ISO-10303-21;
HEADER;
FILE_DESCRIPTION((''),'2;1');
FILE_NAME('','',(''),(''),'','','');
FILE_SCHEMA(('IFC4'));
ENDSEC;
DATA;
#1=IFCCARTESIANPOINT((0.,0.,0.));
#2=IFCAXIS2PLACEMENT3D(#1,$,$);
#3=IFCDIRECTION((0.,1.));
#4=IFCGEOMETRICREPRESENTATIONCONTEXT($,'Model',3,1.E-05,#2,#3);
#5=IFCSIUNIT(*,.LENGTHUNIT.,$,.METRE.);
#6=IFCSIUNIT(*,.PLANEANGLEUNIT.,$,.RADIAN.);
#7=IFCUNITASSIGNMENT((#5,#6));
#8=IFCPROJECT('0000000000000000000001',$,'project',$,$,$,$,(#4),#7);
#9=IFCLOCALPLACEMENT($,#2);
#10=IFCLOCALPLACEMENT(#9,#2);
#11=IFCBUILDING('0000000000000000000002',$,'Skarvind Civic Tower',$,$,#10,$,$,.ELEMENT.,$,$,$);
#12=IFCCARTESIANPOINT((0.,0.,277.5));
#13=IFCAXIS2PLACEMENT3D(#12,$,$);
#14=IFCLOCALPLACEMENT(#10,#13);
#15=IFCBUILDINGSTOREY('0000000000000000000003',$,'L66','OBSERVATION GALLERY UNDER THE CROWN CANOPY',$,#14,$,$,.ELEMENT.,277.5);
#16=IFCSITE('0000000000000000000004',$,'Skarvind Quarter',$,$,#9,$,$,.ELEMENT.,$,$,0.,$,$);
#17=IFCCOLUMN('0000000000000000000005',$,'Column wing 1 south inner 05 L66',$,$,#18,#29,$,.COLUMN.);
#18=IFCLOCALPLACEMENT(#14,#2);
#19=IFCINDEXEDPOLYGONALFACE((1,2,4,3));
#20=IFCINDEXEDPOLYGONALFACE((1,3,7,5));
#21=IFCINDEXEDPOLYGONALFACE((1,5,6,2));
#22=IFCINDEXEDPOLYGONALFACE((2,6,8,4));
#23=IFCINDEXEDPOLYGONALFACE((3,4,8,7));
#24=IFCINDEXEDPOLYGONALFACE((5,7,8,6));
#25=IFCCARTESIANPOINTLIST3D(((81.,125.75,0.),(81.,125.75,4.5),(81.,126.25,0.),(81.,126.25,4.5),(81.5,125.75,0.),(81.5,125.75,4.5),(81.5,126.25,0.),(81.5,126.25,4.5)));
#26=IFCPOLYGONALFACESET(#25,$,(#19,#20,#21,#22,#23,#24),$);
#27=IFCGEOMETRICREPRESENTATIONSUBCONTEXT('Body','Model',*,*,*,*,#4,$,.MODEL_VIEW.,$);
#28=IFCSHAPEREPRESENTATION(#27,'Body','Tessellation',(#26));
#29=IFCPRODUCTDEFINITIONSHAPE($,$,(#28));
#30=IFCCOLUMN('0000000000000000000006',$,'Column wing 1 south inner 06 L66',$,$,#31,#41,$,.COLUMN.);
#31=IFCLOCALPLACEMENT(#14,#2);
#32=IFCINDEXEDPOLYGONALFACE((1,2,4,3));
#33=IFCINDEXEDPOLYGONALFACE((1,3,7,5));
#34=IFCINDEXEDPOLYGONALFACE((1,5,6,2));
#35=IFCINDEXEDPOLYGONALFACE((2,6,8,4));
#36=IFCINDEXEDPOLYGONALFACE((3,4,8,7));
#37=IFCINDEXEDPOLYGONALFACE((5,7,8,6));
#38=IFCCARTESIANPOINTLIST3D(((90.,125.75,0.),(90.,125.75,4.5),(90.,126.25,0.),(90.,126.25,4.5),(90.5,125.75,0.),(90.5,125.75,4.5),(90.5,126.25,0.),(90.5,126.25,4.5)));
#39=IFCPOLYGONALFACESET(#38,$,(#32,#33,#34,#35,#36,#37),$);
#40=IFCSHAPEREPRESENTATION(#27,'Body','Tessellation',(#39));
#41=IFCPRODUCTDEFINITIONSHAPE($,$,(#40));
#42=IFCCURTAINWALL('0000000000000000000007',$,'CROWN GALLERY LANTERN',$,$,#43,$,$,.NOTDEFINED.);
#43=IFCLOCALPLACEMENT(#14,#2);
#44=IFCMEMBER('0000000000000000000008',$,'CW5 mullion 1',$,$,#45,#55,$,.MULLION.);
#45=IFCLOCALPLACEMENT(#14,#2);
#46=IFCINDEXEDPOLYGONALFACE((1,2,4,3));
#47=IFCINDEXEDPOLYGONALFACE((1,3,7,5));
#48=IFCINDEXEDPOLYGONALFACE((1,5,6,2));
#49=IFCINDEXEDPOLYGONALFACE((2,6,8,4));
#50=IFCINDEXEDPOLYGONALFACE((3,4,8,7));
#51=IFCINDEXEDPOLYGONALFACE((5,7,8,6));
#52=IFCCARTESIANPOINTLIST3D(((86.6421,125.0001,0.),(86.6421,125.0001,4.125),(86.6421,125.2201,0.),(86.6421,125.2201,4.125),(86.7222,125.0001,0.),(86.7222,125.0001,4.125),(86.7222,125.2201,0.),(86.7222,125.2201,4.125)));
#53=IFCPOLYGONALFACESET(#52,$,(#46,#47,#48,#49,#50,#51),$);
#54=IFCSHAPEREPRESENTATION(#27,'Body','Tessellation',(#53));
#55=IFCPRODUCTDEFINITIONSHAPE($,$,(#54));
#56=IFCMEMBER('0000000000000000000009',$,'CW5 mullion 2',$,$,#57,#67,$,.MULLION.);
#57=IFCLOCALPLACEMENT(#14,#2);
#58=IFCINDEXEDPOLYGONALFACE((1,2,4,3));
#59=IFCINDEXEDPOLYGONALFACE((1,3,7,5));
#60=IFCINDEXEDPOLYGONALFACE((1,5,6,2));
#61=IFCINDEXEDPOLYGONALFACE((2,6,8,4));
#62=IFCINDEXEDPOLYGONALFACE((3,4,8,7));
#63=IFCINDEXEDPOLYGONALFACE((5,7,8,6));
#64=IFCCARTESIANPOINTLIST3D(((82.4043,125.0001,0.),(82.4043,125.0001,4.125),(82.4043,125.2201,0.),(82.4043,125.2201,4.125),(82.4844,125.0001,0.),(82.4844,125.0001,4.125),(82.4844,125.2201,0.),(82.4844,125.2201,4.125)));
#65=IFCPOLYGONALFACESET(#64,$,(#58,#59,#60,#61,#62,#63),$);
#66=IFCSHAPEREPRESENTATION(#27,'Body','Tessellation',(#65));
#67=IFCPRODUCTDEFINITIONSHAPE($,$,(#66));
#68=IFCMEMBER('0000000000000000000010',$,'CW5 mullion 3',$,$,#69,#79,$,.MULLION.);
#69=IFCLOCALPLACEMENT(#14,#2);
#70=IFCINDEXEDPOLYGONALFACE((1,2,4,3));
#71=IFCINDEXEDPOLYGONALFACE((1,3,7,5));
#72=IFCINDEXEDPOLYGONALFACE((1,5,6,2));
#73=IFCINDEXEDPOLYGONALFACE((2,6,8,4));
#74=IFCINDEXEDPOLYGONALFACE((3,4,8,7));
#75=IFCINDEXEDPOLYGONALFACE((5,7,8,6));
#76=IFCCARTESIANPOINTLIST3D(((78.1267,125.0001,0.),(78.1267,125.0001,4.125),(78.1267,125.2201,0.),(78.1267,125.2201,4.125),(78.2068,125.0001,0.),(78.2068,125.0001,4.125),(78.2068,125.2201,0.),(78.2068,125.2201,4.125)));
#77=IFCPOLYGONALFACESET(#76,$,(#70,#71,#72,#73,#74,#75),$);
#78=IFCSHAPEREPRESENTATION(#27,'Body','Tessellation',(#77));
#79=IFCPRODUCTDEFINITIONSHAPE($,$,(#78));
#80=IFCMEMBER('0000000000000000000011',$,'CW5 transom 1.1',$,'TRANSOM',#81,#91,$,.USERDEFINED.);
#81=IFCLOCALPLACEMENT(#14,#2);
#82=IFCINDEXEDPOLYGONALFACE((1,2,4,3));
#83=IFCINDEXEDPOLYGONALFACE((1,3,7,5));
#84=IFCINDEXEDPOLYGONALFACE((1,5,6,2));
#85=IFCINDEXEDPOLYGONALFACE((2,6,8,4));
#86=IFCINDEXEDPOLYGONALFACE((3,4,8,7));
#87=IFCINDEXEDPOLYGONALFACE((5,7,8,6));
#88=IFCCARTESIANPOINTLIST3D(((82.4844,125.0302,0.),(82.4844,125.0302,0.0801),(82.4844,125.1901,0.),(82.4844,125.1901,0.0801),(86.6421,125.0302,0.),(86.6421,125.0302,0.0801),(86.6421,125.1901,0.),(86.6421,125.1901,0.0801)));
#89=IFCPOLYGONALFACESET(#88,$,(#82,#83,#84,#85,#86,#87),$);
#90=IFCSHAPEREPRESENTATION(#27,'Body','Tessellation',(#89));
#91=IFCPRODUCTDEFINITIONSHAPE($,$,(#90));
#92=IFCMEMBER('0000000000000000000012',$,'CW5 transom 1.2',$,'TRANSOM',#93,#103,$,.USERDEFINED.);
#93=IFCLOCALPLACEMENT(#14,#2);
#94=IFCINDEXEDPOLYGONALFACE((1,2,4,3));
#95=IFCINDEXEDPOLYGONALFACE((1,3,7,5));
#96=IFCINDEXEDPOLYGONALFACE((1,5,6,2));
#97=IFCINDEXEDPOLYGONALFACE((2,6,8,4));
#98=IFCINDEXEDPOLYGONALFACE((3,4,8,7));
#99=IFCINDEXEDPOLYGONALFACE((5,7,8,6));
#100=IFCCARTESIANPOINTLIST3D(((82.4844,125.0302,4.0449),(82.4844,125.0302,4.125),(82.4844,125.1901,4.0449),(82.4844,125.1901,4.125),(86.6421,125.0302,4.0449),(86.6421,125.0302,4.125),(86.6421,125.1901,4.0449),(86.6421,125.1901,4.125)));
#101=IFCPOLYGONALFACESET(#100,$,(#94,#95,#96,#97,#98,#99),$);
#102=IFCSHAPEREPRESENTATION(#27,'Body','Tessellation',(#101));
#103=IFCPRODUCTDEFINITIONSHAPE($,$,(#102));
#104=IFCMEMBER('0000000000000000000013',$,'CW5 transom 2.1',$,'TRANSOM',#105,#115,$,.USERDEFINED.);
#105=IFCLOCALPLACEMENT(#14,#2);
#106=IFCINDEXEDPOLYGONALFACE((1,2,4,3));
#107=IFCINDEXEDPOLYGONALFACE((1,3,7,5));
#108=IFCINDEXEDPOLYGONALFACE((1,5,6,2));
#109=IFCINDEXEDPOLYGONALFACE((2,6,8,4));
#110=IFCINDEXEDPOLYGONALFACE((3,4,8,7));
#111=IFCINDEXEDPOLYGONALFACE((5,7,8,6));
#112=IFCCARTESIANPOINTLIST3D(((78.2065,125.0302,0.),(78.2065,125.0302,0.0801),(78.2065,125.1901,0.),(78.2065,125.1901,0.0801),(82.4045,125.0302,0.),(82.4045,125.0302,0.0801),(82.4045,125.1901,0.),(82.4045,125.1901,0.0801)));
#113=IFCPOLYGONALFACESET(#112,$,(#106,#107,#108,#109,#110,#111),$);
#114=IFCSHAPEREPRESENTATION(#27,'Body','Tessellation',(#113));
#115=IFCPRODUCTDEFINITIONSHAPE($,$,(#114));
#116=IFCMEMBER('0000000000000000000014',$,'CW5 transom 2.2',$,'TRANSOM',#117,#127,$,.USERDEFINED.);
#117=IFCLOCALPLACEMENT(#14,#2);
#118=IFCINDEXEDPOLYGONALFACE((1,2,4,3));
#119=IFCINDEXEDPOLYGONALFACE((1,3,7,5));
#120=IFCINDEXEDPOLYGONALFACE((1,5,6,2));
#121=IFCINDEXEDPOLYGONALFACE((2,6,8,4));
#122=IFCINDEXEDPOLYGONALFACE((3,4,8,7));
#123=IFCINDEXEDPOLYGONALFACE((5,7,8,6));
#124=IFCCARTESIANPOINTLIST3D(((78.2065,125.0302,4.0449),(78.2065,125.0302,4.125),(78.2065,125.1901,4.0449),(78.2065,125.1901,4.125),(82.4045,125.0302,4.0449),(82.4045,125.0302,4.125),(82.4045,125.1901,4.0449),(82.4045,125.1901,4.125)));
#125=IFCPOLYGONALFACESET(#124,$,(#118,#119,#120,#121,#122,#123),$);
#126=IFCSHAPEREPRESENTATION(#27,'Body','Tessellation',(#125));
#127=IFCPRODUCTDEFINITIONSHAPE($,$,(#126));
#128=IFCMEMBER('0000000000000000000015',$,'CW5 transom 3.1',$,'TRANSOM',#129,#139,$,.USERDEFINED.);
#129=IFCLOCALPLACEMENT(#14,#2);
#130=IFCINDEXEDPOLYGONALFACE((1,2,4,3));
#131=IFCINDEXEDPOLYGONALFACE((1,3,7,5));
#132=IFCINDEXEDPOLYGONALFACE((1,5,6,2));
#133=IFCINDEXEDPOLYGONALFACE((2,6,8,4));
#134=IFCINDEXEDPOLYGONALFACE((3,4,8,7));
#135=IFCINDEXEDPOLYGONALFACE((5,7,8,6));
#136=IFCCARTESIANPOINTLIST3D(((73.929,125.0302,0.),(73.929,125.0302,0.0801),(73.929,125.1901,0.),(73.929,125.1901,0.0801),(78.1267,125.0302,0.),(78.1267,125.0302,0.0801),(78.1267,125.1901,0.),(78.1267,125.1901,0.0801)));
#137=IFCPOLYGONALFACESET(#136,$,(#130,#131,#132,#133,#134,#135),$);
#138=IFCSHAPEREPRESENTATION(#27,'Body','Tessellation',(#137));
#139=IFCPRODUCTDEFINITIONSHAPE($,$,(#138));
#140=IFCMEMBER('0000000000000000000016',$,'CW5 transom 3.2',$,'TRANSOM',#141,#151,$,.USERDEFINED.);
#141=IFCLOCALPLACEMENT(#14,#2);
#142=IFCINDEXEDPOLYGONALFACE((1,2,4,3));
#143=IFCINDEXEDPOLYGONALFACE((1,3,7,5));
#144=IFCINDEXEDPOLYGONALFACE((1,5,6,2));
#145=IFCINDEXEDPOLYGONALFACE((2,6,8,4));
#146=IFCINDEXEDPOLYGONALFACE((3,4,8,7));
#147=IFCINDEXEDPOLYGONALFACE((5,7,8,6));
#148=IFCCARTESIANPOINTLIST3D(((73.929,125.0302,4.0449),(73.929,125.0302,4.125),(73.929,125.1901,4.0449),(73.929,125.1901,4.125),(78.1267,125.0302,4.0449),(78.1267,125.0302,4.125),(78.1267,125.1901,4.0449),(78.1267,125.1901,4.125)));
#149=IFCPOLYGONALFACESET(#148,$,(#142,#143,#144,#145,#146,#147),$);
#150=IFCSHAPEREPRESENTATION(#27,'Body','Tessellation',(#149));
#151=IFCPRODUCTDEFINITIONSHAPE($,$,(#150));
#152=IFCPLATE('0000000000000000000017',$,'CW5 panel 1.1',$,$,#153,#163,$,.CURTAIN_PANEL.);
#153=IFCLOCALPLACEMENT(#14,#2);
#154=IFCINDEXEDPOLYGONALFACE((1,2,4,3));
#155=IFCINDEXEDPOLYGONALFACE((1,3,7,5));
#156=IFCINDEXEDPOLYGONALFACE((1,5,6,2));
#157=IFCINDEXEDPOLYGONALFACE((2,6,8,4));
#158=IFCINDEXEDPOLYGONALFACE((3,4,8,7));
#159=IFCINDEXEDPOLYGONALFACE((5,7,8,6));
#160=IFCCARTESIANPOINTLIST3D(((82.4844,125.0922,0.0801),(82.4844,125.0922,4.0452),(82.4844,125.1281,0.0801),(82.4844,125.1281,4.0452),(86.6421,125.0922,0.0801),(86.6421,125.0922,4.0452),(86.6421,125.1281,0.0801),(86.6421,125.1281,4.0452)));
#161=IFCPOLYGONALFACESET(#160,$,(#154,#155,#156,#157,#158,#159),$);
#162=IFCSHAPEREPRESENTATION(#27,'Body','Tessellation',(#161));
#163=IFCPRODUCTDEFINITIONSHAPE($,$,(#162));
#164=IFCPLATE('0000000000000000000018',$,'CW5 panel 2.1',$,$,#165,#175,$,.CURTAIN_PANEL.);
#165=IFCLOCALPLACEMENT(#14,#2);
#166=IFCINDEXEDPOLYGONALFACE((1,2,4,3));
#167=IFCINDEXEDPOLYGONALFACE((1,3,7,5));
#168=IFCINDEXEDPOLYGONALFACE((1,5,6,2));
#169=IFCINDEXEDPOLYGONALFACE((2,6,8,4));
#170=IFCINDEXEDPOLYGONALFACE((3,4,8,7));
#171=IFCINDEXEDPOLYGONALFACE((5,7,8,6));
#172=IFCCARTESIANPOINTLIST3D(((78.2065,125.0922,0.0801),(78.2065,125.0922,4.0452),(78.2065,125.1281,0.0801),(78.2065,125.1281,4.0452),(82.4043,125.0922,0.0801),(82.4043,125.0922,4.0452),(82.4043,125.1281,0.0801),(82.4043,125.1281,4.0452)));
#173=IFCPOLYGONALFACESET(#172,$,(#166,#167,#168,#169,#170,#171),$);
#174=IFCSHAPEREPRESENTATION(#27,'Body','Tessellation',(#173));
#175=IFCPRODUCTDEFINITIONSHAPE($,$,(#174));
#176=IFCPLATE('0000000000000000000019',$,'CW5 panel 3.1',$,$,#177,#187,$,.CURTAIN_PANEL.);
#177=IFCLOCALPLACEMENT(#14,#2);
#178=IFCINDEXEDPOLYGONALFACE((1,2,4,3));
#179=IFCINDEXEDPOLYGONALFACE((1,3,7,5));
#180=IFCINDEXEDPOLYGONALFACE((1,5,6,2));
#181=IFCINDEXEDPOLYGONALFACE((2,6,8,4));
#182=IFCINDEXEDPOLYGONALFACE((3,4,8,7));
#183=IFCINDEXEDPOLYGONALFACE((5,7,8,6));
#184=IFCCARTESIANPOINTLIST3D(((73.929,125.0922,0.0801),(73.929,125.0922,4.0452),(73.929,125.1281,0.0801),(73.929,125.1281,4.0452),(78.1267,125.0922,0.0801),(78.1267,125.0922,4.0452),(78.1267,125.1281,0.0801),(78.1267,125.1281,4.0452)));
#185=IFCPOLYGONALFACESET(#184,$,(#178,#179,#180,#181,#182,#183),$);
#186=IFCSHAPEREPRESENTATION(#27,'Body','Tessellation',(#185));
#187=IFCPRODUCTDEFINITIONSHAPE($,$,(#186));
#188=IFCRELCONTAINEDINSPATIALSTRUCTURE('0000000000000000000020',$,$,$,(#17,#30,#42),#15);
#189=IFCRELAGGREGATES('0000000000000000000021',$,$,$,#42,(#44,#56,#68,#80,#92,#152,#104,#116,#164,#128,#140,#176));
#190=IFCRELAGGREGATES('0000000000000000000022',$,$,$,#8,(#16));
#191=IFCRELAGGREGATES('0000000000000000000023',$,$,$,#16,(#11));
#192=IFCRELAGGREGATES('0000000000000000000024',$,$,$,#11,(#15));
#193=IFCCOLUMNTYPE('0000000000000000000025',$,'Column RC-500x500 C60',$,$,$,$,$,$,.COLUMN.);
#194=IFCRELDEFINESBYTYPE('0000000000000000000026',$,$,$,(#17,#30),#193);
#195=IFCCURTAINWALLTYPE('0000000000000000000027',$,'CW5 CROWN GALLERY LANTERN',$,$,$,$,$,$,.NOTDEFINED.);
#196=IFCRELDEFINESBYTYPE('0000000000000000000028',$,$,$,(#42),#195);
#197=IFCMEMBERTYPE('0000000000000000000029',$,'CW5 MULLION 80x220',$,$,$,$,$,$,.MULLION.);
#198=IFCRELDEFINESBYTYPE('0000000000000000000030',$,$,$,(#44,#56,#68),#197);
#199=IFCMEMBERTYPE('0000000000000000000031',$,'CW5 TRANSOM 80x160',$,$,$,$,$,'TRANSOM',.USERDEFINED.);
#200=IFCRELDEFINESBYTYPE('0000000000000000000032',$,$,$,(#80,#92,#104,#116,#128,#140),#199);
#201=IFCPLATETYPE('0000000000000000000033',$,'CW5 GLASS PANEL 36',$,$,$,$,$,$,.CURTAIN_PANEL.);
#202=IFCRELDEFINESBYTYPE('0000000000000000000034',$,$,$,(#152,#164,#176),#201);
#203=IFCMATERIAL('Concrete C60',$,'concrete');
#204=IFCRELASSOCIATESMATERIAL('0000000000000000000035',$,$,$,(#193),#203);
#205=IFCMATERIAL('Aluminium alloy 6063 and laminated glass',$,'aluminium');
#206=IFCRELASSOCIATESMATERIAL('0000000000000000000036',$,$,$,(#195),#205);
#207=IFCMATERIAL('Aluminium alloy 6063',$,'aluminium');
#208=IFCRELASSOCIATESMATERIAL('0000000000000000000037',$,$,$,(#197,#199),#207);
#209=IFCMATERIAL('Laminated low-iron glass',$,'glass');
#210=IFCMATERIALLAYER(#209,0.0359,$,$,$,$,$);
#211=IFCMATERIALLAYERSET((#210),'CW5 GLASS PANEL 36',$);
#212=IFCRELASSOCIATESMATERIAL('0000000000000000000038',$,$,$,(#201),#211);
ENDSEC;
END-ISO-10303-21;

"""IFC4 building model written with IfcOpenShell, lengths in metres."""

from ifc_helpers import new_model, si_unit, direction, frame, origin, origin_2d, place, context, subcontext, project, spatial, rectangle, extrude, material, layer, layer_set, material_profile, profile_set, type_object, element, aggregate, save


model = new_model("IFC4")

# Units and contexts
model_context = context("Model", 3, precision=1e-05, world=origin(), true_north=direction((0.0, 1.0)))
body_context = subcontext(model_context, "Body", "Model", "MODEL_VIEW")
ifc_project = project(units=[si_unit("LENGTHUNIT", "METRE"), si_unit("PLANEANGLEUNIT", "RADIAN")], contexts=[model_context])

# Site, building, storey
site_placement = place(None, origin())
site = spatial("IfcSite", under=ifc_project, at=site_placement, Name="Skarvind Quarter", CompositionType="ELEMENT", RefElevation=0.0)
building_placement = place(site_placement, origin())
building = spatial("IfcBuilding", under=site, at=building_placement, Name="Skarvind Civic Tower", CompositionType="ELEMENT")
storey_placement = place(building_placement, frame((0.0, 0.0, 277.5)))
storey = spatial("IfcBuildingStorey", under=building, at=storey_placement, Name="L66", Description="OBSERVATION GALLERY UNDER THE CROWN CANOPY", CompositionType="ELEMENT", Elevation=277.5)

# Columns
ifc_material_1 = material(Name="Concrete C60", Category="concrete")
ifc_material_profile_1 = material_profile(ifc_material_1, rectangle(XDim=0.5, YDim=0.5, at=origin_2d()), Name="RC-500x500")
ifc_profile_set_1 = profile_set([ifc_material_profile_1], Name="Concrete C60")
column_type = type_object("IfcColumnType", Name="Column RC-500x500 C60", PredefinedType="COLUMN", material=ifc_profile_set_1)
for number, where, z_axis, x_axis, name in (
    (1, (81.25, 126.0, 0.0), (0.0, 0.0, 1.0), (1.0, 0.0, 0.0), "Column wing 1 south inner 05 L66"),
    (2, (90.25, 126.0, 0.0), (0.0, 0.0, 1.0), (1.0, 0.0, 0.0), "Column wing 1 south inner 06 L66"),
):
    element("IfcColumn", number, at=place(storey_placement, frame(where, z_axis=z_axis, x_axis=x_axis)), inside=storey, type_object=column_type, Name=name, PredefinedType="COLUMN", context=body_context, shape_type="SweptSolid", body=[
        extrude(rectangle(XDim=0.5, YDim=0.5, at=origin_2d()), origin(), (0.0, 0.0, 1.0), 4.5),
    ])

# Curtain wall, members, plates
ifc_material_2 = material(Name="Aluminium alloy 6063 and laminated glass", Category="aluminium")
curtain_wall_type = type_object("IfcCurtainWallType", Name="CW5 CROWN GALLERY LANTERN", PredefinedType="NOTDEFINED", material=ifc_material_2)
curtain_wall_placement = place(storey_placement, origin())
curtain_wall = element("IfcCurtainWall", 3, at=curtain_wall_placement, inside=storey, type_object=curtain_wall_type, Name="CROWN GALLERY LANTERN", PredefinedType="NOTDEFINED")
ifc_material_3 = material(Name="Aluminium alloy 6063", Category="aluminium")
ifc_material_profile_2 = material_profile(ifc_material_3, rectangle(XDim=0.22, YDim=0.0801, at=origin_2d()), Name="AL 80x220")
ifc_profile_set_2 = profile_set([ifc_material_profile_2], Name="Aluminium alloy 6063")
member_type_1 = type_object("IfcMemberType", Name="CW5 MULLION 80x220", PredefinedType="MULLION", material=ifc_profile_set_2)
member_1_placement = place(storey_placement, frame((86.6821, 125.1101, 0.0), z_axis=(0.0, 0.0, 1.0), x_axis=(0.0, -1.0, 0.0)))
member_1 = element("IfcMember", 4, at=member_1_placement, type_object=member_type_1, Name="CW5 mullion 1", PredefinedType="MULLION", context=body_context, shape_type="SweptSolid", body=[
    extrude(rectangle(XDim=0.22, YDim=0.0801, at=origin_2d()), origin(), (0.0, 0.0, 1.0), 4.125),
])
member_2_placement = place(storey_placement, frame((82.4443, 125.1101, 0.0), z_axis=(0.0, 0.0, 1.0), x_axis=(0.0, -1.0, 0.0)))
member_2 = element("IfcMember", 5, at=member_2_placement, type_object=member_type_1, Name="CW5 mullion 2", PredefinedType="MULLION", context=body_context, shape_type="SweptSolid", body=[
    extrude(rectangle(XDim=0.22, YDim=0.0801, at=origin_2d()), origin(), (0.0, 0.0, 1.0), 4.125),
])
member_3_placement = place(storey_placement, frame((78.1667, 125.1101, 0.0), z_axis=(0.0, 0.0, 1.0), x_axis=(0.0, -1.0, 0.0)))
member_3 = element("IfcMember", 6, at=member_3_placement, type_object=member_type_1, Name="CW5 mullion 3", PredefinedType="MULLION", context=body_context, shape_type="SweptSolid", body=[
    extrude(rectangle(XDim=0.22, YDim=0.0801, at=origin_2d()), origin(), (0.0, 0.0, 1.0), 4.125),
])
ifc_material_profile_3 = material_profile(ifc_material_3, rectangle(XDim=0.1599, YDim=0.0801, at=origin_2d()), Name="AL 80x160")
ifc_profile_set_3 = profile_set([ifc_material_profile_3], Name="Aluminium alloy 6063")
member_type_2 = type_object("IfcMemberType", Name="CW5 TRANSOM 80x160", ElementType="TRANSOM", PredefinedType="USERDEFINED", material=ifc_profile_set_3)
member_4_placement = place(storey_placement, frame((86.6421, 125.1101, 0.04), z_axis=(-1.0, 0.0, 0.0), x_axis=(0.0, -1.0, 0.0)))
member_4 = element("IfcMember", 7, at=member_4_placement, type_object=member_type_2, Name="CW5 transom 1.1", ObjectType="TRANSOM", PredefinedType="USERDEFINED", context=body_context, shape_type="SweptSolid", body=[
    extrude(rectangle(XDim=0.1599, YDim=0.0801, at=origin_2d()), origin(), (0.0, 0.0, 1.0), 4.1577),
])
member_5_placement = place(storey_placement, frame((86.6421, 125.1101, 4.085), z_axis=(-1.0, 0.0, 0.0), x_axis=(0.0, -1.0, 0.0)))
member_5 = element("IfcMember", 8, at=member_5_placement, type_object=member_type_2, Name="CW5 transom 1.2", ObjectType="TRANSOM", PredefinedType="USERDEFINED", context=body_context, shape_type="SweptSolid", body=[
    extrude(rectangle(XDim=0.1599, YDim=0.0801, at=origin_2d()), origin(), (0.0, 0.0, 1.0), 4.1577),
])
member_6_placement = place(storey_placement, frame((82.4045, 125.1101, 0.04), z_axis=(-1.0, 0.0, 0.0), x_axis=(0.0, -1.0, 0.0)))
member_6 = element("IfcMember", 9, at=member_6_placement, type_object=member_type_2, Name="CW5 transom 2.1", ObjectType="TRANSOM", PredefinedType="USERDEFINED", context=body_context, shape_type="SweptSolid", body=[
    extrude(rectangle(XDim=0.1599, YDim=0.0801, at=origin_2d()), origin(), (0.0, 0.0, 1.0), 4.198),
])
member_7_placement = place(storey_placement, frame((82.4045, 125.1101, 4.085), z_axis=(-1.0, 0.0, 0.0), x_axis=(0.0, -1.0, 0.0)))
member_7 = element("IfcMember", 10, at=member_7_placement, type_object=member_type_2, Name="CW5 transom 2.2", ObjectType="TRANSOM", PredefinedType="USERDEFINED", context=body_context, shape_type="SweptSolid", body=[
    extrude(rectangle(XDim=0.1599, YDim=0.0801, at=origin_2d()), origin(), (0.0, 0.0, 1.0), 4.198),
])
member_8_placement = place(storey_placement, frame((78.1267, 125.1101, 0.04), z_axis=(-1.0, 0.0, 0.0), x_axis=(0.0, -1.0, 0.0)))
member_8 = element("IfcMember", 11, at=member_8_placement, type_object=member_type_2, Name="CW5 transom 3.1", ObjectType="TRANSOM", PredefinedType="USERDEFINED", context=body_context, shape_type="SweptSolid", body=[
    extrude(rectangle(XDim=0.1599, YDim=0.0801, at=origin_2d()), origin(), (0.0, 0.0, 1.0), 4.1978),
])
member_9_placement = place(storey_placement, frame((78.1267, 125.1101, 4.085), z_axis=(-1.0, 0.0, 0.0), x_axis=(0.0, -1.0, 0.0)))
member_9 = element("IfcMember", 12, at=member_9_placement, type_object=member_type_2, Name="CW5 transom 3.2", ObjectType="TRANSOM", PredefinedType="USERDEFINED", context=body_context, shape_type="SweptSolid", body=[
    extrude(rectangle(XDim=0.1599, YDim=0.0801, at=origin_2d()), origin(), (0.0, 0.0, 1.0), 4.1978),
])
ifc_material_4 = material(Name="Laminated low-iron glass", Category="glass")
ifc_layer_1 = layer(ifc_material_4, 0.0359)
ifc_layer_set_1 = layer_set([ifc_layer_1], Name="CW5 GLASS PANEL 36")
plate_type = type_object("IfcPlateType", Name="CW5 GLASS PANEL 36", PredefinedType="CURTAIN_PANEL", material=ifc_layer_set_1)
plate_1_placement = place(storey_placement, frame((84.5632, 125.1101, 0.0801), z_axis=(0.0, 0.0, 1.0), x_axis=(-1.0, 0.0, 0.0)))
plate_1 = element("IfcPlate", 13, at=plate_1_placement, type_object=plate_type, Name="CW5 panel 1.1", PredefinedType="CURTAIN_PANEL", context=body_context, shape_type="SweptSolid", body=[
    extrude(rectangle(XDim=4.1577, YDim=0.0359, at=origin_2d()), origin(), (0.0, 0.0, 1.0), 3.9651),
])
plate_2_placement = place(storey_placement, frame((80.3054, 125.1101, 0.0801), z_axis=(0.0, 0.0, 1.0), x_axis=(-1.0, 0.0, 0.0)))
plate_2 = element("IfcPlate", 14, at=plate_2_placement, type_object=plate_type, Name="CW5 panel 2.1", PredefinedType="CURTAIN_PANEL", context=body_context, shape_type="SweptSolid", body=[
    extrude(rectangle(XDim=4.1978, YDim=0.0359, at=origin_2d()), origin(), (0.0, 0.0, 1.0), 3.9651),
])
plate_3_placement = place(storey_placement, frame((76.0278, 125.1101, 0.0801), z_axis=(0.0, 0.0, 1.0), x_axis=(-1.0, 0.0, 0.0)))
plate_3 = element("IfcPlate", 15, at=plate_3_placement, type_object=plate_type, Name="CW5 panel 3.1", PredefinedType="CURTAIN_PANEL", context=body_context, shape_type="SweptSolid", body=[
    extrude(rectangle(XDim=4.1978, YDim=0.0359, at=origin_2d()), origin(), (0.0, 0.0, 1.0), 3.9651),
])
aggregate(curtain_wall, [member_1, member_2, member_3, member_4, member_5, plate_1, member_6, member_7, plate_2, member_8, member_9, plate_3])

save(model, "model.ifc")
